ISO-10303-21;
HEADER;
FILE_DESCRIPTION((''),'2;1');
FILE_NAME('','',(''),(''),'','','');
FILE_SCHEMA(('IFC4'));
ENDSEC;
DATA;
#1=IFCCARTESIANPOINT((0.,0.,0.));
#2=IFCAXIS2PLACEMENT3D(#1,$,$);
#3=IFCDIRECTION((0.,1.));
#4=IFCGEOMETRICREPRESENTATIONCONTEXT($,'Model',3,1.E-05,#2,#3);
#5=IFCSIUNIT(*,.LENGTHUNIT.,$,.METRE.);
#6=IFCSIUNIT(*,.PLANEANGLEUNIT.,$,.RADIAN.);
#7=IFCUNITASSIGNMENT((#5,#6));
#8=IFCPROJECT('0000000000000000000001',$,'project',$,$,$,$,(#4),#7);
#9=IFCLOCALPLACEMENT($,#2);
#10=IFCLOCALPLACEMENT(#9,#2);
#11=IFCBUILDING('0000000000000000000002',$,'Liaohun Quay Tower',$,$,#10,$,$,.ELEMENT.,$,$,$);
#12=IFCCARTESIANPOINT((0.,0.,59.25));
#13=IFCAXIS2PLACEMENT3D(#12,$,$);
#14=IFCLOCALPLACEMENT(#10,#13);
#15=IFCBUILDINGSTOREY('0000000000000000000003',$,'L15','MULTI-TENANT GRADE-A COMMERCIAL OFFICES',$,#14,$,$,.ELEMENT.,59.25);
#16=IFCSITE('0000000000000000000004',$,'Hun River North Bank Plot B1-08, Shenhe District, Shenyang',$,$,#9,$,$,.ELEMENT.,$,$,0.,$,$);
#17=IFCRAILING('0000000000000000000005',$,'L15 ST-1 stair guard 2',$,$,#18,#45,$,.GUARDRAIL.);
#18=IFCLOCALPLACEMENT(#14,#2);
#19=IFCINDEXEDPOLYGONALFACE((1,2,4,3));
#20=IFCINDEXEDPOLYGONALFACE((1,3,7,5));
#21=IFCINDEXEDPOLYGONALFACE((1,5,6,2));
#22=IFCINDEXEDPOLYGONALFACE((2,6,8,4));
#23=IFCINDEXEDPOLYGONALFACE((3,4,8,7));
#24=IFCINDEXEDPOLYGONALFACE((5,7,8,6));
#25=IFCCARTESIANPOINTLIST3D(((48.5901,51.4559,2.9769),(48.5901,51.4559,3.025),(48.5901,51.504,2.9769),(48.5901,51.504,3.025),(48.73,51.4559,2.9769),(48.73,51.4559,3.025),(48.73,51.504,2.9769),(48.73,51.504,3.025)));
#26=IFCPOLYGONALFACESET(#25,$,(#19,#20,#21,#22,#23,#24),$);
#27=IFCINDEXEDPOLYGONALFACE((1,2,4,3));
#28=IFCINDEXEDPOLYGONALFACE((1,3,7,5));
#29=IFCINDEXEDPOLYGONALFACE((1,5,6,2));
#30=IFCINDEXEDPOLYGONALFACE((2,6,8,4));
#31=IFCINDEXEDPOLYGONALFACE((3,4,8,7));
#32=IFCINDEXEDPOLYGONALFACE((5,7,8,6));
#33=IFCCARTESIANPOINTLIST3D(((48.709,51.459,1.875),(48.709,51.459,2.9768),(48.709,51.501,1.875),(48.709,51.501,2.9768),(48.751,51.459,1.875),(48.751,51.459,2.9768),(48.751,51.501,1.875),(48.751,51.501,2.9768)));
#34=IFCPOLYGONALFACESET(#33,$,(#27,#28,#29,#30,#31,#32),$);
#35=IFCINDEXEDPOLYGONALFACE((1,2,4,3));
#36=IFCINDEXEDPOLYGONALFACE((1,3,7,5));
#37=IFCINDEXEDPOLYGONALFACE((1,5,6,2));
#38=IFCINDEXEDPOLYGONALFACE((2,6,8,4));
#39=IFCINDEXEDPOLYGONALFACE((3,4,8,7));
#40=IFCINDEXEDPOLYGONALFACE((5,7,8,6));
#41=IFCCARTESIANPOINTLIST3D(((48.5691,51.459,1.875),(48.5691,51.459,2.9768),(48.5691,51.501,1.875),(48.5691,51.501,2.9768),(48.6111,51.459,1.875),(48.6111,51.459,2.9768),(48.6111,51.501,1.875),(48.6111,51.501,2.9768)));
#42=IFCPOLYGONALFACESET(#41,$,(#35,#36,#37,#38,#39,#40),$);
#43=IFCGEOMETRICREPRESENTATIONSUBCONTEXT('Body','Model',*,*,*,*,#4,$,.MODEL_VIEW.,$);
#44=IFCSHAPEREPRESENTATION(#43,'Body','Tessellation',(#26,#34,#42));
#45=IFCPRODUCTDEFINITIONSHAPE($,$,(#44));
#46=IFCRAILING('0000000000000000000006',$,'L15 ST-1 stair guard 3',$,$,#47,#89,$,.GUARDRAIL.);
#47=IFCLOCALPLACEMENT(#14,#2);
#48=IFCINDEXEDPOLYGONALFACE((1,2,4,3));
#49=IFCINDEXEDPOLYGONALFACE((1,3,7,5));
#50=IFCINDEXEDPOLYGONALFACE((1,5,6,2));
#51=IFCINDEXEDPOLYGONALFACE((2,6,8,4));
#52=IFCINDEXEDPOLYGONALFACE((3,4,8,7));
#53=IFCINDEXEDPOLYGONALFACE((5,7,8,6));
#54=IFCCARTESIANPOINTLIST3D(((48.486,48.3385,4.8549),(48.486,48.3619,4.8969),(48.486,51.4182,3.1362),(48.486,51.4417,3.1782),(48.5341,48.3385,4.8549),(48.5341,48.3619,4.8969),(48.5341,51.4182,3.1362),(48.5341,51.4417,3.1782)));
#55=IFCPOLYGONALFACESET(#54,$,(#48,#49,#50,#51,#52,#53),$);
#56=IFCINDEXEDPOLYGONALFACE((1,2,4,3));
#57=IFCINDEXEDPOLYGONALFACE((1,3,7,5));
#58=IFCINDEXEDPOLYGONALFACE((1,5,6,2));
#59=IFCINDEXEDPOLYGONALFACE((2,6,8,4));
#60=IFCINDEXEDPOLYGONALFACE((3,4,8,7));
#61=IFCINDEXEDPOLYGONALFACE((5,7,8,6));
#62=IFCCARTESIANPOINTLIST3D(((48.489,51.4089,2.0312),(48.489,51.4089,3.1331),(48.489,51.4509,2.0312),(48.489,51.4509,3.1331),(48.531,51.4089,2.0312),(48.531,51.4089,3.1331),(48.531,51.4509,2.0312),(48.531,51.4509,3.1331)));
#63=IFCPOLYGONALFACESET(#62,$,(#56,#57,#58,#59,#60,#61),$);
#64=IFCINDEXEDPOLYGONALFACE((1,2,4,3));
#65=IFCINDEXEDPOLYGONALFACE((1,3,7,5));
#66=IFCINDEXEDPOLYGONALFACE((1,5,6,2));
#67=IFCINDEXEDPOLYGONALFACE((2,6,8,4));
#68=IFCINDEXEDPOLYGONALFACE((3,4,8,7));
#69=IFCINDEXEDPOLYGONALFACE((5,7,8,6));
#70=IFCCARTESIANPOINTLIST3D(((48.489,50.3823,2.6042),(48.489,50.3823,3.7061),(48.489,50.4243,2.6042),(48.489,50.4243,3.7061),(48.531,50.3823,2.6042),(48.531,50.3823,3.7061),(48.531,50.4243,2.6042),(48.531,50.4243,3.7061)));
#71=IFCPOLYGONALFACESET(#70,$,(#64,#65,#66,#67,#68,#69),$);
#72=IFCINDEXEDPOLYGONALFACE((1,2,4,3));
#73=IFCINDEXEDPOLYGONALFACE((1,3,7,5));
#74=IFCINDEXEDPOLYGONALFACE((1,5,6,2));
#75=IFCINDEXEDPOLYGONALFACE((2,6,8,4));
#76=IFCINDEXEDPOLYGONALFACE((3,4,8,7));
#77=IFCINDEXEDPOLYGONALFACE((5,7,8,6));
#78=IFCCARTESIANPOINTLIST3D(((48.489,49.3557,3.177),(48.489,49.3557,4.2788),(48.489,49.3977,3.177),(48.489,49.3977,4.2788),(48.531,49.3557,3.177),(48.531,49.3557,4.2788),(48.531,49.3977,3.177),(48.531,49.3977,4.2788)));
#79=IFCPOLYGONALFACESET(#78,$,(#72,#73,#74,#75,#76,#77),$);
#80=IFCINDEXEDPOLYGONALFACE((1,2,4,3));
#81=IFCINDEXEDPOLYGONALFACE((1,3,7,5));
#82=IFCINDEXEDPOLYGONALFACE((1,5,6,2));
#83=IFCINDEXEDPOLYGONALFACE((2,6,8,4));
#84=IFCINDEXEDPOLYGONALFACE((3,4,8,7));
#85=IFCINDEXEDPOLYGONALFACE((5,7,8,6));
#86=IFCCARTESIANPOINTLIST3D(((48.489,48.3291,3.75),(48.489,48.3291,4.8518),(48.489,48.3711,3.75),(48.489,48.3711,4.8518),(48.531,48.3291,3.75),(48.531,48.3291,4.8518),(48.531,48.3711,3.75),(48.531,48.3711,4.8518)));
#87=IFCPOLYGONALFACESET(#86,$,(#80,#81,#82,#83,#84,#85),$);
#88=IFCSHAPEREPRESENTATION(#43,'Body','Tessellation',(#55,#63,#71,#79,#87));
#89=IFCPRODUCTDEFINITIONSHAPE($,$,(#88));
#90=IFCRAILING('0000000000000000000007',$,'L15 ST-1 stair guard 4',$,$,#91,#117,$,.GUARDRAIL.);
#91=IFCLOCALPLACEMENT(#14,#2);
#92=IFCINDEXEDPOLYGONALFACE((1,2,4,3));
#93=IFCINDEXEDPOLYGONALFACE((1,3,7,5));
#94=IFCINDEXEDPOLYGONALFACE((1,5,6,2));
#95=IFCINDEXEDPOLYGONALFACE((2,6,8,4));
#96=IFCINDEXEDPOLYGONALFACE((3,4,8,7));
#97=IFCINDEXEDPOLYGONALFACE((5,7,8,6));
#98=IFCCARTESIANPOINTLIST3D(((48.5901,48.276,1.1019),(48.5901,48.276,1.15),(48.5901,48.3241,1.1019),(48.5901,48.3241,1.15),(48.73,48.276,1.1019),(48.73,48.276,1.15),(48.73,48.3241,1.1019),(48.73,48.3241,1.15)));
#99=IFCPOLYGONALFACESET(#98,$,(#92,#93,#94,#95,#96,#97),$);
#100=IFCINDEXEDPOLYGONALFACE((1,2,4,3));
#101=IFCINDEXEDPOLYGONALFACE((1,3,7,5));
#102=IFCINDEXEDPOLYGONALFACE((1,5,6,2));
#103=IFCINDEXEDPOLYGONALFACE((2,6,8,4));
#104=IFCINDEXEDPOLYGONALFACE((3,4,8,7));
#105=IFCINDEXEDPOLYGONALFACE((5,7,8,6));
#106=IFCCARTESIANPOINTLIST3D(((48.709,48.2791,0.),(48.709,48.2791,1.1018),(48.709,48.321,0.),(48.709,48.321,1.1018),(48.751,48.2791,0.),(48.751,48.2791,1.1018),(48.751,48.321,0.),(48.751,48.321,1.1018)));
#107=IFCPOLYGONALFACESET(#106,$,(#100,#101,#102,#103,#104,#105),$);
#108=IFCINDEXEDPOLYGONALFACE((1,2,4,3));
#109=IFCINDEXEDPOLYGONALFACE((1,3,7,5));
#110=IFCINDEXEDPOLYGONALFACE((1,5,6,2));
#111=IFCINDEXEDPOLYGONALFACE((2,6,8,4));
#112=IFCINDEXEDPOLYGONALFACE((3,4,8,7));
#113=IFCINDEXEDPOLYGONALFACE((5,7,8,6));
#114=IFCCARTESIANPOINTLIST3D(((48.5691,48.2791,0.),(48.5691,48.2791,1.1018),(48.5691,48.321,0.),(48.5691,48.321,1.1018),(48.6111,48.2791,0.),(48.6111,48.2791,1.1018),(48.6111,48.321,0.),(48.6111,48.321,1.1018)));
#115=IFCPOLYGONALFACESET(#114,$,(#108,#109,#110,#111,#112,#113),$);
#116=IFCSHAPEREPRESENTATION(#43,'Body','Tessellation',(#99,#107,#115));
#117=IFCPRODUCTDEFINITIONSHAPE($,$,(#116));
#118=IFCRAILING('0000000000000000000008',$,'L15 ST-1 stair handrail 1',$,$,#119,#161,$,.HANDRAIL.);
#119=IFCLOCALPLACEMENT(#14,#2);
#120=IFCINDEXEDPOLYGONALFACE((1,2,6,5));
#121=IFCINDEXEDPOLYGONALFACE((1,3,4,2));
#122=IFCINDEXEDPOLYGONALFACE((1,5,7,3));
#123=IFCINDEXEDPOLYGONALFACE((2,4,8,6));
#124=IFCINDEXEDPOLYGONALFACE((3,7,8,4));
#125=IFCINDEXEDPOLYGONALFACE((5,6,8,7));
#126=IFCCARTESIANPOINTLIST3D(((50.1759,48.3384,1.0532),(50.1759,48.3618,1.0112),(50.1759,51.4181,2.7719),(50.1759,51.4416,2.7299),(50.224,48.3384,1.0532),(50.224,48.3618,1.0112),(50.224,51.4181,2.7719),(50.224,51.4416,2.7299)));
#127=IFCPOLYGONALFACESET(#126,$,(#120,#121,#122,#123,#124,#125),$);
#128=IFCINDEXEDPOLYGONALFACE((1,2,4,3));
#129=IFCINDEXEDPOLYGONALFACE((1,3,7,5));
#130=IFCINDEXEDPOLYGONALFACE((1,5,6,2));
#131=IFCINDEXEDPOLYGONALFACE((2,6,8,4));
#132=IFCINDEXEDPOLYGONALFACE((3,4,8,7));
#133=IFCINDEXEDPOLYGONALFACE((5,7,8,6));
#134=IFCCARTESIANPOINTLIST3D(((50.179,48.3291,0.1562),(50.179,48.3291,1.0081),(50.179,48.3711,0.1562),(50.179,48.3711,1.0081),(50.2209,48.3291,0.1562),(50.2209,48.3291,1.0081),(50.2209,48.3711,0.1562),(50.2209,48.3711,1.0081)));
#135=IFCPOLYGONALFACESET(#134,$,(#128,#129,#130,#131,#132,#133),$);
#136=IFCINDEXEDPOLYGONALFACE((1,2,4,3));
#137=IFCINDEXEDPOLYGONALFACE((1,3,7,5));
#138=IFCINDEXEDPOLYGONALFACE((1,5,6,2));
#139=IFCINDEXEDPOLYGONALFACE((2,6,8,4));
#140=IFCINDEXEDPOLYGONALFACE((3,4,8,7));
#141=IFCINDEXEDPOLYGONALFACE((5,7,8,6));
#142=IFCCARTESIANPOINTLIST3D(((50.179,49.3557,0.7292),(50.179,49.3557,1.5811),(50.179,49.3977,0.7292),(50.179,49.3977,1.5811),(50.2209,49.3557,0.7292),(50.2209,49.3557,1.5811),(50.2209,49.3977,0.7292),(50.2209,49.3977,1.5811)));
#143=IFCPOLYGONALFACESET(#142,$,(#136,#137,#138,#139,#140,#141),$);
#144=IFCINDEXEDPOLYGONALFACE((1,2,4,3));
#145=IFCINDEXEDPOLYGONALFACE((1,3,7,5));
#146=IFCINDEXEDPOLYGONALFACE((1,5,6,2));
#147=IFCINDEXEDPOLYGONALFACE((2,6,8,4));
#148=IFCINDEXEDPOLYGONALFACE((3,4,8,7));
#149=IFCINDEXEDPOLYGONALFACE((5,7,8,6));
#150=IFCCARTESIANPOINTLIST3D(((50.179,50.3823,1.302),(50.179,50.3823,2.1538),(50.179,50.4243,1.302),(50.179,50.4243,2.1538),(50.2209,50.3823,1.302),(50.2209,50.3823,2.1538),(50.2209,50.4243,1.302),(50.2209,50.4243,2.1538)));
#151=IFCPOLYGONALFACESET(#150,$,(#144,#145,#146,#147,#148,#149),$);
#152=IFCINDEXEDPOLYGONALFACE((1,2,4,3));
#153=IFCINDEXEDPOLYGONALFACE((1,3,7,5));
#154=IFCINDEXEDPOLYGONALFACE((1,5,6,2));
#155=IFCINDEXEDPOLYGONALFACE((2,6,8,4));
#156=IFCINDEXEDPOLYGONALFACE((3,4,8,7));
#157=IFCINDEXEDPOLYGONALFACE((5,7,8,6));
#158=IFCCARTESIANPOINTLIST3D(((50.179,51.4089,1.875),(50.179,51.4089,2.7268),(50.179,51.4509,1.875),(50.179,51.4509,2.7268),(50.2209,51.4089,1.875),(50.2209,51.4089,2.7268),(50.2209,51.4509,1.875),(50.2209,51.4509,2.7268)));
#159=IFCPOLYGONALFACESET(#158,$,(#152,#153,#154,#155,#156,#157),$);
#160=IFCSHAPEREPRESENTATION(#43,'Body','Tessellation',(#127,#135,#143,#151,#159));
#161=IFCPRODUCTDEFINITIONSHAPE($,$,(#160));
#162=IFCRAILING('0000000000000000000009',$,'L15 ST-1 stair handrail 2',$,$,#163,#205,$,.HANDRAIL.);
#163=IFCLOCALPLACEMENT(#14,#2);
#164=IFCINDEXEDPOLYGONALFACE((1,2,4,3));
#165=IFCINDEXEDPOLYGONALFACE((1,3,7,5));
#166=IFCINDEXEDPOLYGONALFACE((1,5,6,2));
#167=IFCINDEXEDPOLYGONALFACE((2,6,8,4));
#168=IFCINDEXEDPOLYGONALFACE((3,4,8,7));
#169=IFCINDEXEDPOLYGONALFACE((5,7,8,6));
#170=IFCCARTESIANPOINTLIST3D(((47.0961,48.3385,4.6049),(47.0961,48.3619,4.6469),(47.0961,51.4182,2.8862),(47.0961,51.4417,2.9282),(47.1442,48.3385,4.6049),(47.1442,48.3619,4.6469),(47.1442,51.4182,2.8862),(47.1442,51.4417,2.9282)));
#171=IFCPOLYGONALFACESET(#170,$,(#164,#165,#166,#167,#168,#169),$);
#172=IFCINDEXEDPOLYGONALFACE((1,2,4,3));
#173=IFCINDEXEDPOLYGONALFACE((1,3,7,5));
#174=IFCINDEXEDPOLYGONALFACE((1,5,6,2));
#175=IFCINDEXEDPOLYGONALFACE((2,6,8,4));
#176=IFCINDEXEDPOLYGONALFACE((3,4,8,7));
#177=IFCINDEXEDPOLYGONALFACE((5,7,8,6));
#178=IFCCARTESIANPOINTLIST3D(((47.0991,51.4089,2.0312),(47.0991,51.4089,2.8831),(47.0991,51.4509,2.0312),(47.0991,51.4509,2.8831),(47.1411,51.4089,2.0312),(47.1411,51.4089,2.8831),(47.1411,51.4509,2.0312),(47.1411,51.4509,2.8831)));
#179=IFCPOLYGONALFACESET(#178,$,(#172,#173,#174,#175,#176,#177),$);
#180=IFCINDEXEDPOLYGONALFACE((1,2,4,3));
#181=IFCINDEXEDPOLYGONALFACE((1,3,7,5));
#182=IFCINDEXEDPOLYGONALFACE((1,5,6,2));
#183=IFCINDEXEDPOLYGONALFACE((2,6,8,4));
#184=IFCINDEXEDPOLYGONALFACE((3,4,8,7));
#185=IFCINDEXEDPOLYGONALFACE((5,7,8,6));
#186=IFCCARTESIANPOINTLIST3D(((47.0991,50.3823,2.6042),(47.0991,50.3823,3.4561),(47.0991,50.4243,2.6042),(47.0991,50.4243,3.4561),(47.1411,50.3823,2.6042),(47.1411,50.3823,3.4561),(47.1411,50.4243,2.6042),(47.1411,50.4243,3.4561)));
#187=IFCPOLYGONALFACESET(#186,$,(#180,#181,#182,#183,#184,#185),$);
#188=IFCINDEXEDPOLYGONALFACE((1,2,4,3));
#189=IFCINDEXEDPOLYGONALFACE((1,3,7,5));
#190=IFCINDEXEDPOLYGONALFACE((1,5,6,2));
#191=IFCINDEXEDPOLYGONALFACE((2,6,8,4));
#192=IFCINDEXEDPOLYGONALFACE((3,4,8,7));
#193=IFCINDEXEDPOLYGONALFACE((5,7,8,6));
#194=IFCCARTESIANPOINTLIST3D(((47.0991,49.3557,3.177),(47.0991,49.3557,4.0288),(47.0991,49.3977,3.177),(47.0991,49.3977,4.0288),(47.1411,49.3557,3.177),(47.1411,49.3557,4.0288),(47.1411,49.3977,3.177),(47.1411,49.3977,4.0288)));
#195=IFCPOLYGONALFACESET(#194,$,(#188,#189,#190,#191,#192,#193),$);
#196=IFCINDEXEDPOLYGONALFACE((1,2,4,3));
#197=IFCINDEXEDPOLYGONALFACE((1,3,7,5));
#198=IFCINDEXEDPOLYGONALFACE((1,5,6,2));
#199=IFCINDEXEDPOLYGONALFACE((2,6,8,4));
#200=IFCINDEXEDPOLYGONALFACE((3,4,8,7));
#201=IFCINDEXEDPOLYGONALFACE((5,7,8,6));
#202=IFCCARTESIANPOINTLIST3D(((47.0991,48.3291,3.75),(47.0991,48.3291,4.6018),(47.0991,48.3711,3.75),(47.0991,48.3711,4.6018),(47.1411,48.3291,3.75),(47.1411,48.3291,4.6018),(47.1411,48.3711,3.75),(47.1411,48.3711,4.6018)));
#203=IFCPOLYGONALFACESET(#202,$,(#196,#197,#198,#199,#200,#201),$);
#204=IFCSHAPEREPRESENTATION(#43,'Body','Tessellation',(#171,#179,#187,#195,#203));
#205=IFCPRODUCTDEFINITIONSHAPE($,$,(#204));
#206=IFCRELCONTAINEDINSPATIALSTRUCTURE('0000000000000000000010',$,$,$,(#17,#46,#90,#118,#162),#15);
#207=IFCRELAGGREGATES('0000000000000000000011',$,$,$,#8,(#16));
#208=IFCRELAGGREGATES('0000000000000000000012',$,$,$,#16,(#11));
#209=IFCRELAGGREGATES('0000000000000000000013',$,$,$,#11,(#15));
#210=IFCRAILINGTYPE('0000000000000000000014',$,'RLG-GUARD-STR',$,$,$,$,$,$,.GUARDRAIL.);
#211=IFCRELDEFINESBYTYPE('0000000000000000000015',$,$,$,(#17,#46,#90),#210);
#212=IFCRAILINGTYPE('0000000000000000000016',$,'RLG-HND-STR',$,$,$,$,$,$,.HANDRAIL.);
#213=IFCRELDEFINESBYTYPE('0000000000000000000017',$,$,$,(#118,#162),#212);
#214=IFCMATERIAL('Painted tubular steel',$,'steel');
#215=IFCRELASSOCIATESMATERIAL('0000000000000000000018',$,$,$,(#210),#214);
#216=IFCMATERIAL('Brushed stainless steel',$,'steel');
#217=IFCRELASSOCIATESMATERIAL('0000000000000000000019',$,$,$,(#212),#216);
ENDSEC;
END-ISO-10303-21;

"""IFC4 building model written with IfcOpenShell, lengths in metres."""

from ifc_helpers import new_model, si_unit, direction, frame, origin, origin_2d, place, context, subcontext, project, spatial, rectangle, extrude, material, type_object, element, save


model = new_model("IFC4")

# Units and contexts
model_context = context("Model", 3, precision=1e-05, world=origin(), true_north=direction((0.0, 1.0)))
body_context = subcontext(model_context, "Body", "Model", "MODEL_VIEW")
ifc_project = project(units=[si_unit("LENGTHUNIT", "METRE"), si_unit("PLANEANGLEUNIT", "RADIAN")], contexts=[model_context])

# Site, building, storey
site_placement = place(None, origin())
site = spatial("IfcSite", under=ifc_project, at=site_placement, Name="Hun River North Bank Plot B1-08, Shenhe District, Shenyang", CompositionType="ELEMENT", RefElevation=0.0)
building_placement = place(site_placement, origin())
building = spatial("IfcBuilding", under=site, at=building_placement, Name="Liaohun Quay Tower", CompositionType="ELEMENT")
storey_placement = place(building_placement, frame((0.0, 0.0, 59.25)))
storey = spatial("IfcBuildingStorey", under=building, at=storey_placement, Name="L15", Description="MULTI-TENANT GRADE-A COMMERCIAL OFFICES", CompositionType="ELEMENT", Elevation=59.25)

# Railings
ifc_material_1 = material(Name="Painted tubular steel", Category="steel")
railing_type_1 = type_object("IfcRailingType", Name="RLG-GUARD-STR", PredefinedType="GUARDRAIL", material=ifc_material_1)
railing_1_placement = place(storey_placement, frame((48.73, 51.48, 1.875)))
element("IfcRailing", 1, at=railing_1_placement, inside=storey, type_object=railing_type_1, Name="L15 ST-1 stair guard 2", PredefinedType="GUARDRAIL", context=body_context, shape_type="SweptSolid", body=[
    extrude(rectangle(XDim=0.0481, YDim=0.0481, at=origin_2d()), frame((0.0, 0.0, 1.126), z_axis=(-1.0, 0.0, 0.0), x_axis=(0.0, -1.0, 0.0)), (0.0, 0.0, 1.0), 0.1399),
    extrude(rectangle(XDim=0.042, YDim=0.042, at=origin_2d()), origin(), (0.0, 0.0, 1.0), 1.1018),
    extrude(rectangle(XDim=0.042, YDim=0.042, at=origin_2d()), frame((-0.1399, 0.0, 0.0)), (0.0, 0.0, 1.0), 1.1018),
])
railing_2_placement = place(storey_placement, frame((48.51, 51.4299, 2.0312)))
element("IfcRailing", 2, at=railing_2_placement, inside=storey, type_object=railing_type_1, Name="L15 ST-1 stair guard 3", PredefinedType="GUARDRAIL", context=body_context, shape_type="SweptSolid", body=[
    extrude(rectangle(XDim=0.0481, YDim=0.0481, at=origin_2d()), frame((0.0, 0.0, 1.126), z_axis=(0.0, -0.873225, 0.487317), x_axis=(1.0, 0.0, 0.0)), (0.0, 0.0, 1.0), 3.5269),
    extrude(rectangle(XDim=0.042, YDim=0.042, at=origin_2d()), origin(), (0.0, 0.0, 1.0), 1.1018),
    extrude(rectangle(XDim=0.042, YDim=0.042, at=origin_2d()), frame((0.0, -1.0266, 0.573)), (0.0, 0.0, 1.0), 1.1018),
    extrude(rectangle(XDim=0.042, YDim=0.042, at=origin_2d()), frame((0.0, -2.0532, 1.1458)), (0.0, 0.0, 1.0), 1.1018),
    extrude(rectangle(XDim=0.042, YDim=0.042, at=origin_2d()), frame((0.0, -3.0798, 1.7188)), (0.0, 0.0, 1.0), 1.1018),
])
railing_3_placement = place(storey_placement, frame((48.73, 48.3, 0.0)))
element("IfcRailing", 3, at=railing_3_placement, inside=storey, type_object=railing_type_1, Name="L15 ST-1 stair guard 4", PredefinedType="GUARDRAIL", context=body_context, shape_type="SweptSolid", body=[
    extrude(rectangle(XDim=0.0481, YDim=0.0481, at=origin_2d()), frame((0.0, 0.0, 1.126), z_axis=(-1.0, 0.0, 0.0), x_axis=(0.0, -1.0, 0.0)), (0.0, 0.0, 1.0), 0.1399),
    extrude(rectangle(XDim=0.042, YDim=0.042, at=origin_2d()), origin(), (0.0, 0.0, 1.0), 1.1018),
    extrude(rectangle(XDim=0.042, YDim=0.042, at=origin_2d()), frame((-0.1399, 0.0, 0.0)), (0.0, 0.0, 1.0), 1.1018),
])
ifc_material_2 = material(Name="Brushed stainless steel", Category="steel")
railing_type_2 = type_object("IfcRailingType", Name="RLG-HND-STR", PredefinedType="HANDRAIL", material=ifc_material_2)
railing_4_placement = place(storey_placement, frame((50.2, 48.3501, 0.1562)))
element("IfcRailing", 4, at=railing_4_placement, inside=storey, type_object=railing_type_2, Name="L15 ST-1 stair handrail 1", PredefinedType="HANDRAIL", context=body_context, shape_type="SweptSolid", body=[
    extrude(rectangle(XDim=0.0481, YDim=0.0481, at=origin_2d()), frame((0.0, 0.0, 0.876), z_axis=(0.0, 0.873225, 0.487317), x_axis=(-1.0, 0.0, 0.0)), (0.0, 0.0, 1.0), 3.5269),
    extrude(rectangle(XDim=0.042, YDim=0.042, at=origin_2d()), origin(), (0.0, 0.0, 1.0), 0.8518),
    extrude(rectangle(XDim=0.042, YDim=0.042, at=origin_2d()), frame((0.0, 1.0266, 0.573)), (0.0, 0.0, 1.0), 0.8518),
    extrude(rectangle(XDim=0.042, YDim=0.042, at=origin_2d()), frame((0.0, 2.0532, 1.1458)), (0.0, 0.0, 1.0), 0.8518),
    extrude(rectangle(XDim=0.042, YDim=0.042, at=origin_2d()), frame((0.0, 3.0798, 1.7188)), (0.0, 0.0, 1.0), 0.8518),
])
railing_5_placement = place(storey_placement, frame((47.1201, 51.4299, 2.0312)))
element("IfcRailing", 5, at=railing_5_placement, inside=storey, type_object=railing_type_2, Name="L15 ST-1 stair handrail 2", PredefinedType="HANDRAIL", context=body_context, shape_type="SweptSolid", body=[
    extrude(rectangle(XDim=0.0481, YDim=0.0481, at=origin_2d()), frame((0.0, 0.0, 0.876), z_axis=(0.0, -0.873225, 0.487317), x_axis=(1.0, 0.0, 0.0)), (0.0, 0.0, 1.0), 3.5269),
    extrude(rectangle(XDim=0.042, YDim=0.042, at=origin_2d()), origin(), (0.0, 0.0, 1.0), 0.8518),
    extrude(rectangle(XDim=0.042, YDim=0.042, at=origin_2d()), frame((0.0, -1.0266, 0.573)), (0.0, 0.0, 1.0), 0.8518),
    extrude(rectangle(XDim=0.042, YDim=0.042, at=origin_2d()), frame((0.0, -2.0532, 1.1458)), (0.0, 0.0, 1.0), 0.8518),
    extrude(rectangle(XDim=0.042, YDim=0.042, at=origin_2d()), frame((0.0, -3.0798, 1.7188)), (0.0, 0.0, 1.0), 0.8518),
])

save(model, "model.ifc")
